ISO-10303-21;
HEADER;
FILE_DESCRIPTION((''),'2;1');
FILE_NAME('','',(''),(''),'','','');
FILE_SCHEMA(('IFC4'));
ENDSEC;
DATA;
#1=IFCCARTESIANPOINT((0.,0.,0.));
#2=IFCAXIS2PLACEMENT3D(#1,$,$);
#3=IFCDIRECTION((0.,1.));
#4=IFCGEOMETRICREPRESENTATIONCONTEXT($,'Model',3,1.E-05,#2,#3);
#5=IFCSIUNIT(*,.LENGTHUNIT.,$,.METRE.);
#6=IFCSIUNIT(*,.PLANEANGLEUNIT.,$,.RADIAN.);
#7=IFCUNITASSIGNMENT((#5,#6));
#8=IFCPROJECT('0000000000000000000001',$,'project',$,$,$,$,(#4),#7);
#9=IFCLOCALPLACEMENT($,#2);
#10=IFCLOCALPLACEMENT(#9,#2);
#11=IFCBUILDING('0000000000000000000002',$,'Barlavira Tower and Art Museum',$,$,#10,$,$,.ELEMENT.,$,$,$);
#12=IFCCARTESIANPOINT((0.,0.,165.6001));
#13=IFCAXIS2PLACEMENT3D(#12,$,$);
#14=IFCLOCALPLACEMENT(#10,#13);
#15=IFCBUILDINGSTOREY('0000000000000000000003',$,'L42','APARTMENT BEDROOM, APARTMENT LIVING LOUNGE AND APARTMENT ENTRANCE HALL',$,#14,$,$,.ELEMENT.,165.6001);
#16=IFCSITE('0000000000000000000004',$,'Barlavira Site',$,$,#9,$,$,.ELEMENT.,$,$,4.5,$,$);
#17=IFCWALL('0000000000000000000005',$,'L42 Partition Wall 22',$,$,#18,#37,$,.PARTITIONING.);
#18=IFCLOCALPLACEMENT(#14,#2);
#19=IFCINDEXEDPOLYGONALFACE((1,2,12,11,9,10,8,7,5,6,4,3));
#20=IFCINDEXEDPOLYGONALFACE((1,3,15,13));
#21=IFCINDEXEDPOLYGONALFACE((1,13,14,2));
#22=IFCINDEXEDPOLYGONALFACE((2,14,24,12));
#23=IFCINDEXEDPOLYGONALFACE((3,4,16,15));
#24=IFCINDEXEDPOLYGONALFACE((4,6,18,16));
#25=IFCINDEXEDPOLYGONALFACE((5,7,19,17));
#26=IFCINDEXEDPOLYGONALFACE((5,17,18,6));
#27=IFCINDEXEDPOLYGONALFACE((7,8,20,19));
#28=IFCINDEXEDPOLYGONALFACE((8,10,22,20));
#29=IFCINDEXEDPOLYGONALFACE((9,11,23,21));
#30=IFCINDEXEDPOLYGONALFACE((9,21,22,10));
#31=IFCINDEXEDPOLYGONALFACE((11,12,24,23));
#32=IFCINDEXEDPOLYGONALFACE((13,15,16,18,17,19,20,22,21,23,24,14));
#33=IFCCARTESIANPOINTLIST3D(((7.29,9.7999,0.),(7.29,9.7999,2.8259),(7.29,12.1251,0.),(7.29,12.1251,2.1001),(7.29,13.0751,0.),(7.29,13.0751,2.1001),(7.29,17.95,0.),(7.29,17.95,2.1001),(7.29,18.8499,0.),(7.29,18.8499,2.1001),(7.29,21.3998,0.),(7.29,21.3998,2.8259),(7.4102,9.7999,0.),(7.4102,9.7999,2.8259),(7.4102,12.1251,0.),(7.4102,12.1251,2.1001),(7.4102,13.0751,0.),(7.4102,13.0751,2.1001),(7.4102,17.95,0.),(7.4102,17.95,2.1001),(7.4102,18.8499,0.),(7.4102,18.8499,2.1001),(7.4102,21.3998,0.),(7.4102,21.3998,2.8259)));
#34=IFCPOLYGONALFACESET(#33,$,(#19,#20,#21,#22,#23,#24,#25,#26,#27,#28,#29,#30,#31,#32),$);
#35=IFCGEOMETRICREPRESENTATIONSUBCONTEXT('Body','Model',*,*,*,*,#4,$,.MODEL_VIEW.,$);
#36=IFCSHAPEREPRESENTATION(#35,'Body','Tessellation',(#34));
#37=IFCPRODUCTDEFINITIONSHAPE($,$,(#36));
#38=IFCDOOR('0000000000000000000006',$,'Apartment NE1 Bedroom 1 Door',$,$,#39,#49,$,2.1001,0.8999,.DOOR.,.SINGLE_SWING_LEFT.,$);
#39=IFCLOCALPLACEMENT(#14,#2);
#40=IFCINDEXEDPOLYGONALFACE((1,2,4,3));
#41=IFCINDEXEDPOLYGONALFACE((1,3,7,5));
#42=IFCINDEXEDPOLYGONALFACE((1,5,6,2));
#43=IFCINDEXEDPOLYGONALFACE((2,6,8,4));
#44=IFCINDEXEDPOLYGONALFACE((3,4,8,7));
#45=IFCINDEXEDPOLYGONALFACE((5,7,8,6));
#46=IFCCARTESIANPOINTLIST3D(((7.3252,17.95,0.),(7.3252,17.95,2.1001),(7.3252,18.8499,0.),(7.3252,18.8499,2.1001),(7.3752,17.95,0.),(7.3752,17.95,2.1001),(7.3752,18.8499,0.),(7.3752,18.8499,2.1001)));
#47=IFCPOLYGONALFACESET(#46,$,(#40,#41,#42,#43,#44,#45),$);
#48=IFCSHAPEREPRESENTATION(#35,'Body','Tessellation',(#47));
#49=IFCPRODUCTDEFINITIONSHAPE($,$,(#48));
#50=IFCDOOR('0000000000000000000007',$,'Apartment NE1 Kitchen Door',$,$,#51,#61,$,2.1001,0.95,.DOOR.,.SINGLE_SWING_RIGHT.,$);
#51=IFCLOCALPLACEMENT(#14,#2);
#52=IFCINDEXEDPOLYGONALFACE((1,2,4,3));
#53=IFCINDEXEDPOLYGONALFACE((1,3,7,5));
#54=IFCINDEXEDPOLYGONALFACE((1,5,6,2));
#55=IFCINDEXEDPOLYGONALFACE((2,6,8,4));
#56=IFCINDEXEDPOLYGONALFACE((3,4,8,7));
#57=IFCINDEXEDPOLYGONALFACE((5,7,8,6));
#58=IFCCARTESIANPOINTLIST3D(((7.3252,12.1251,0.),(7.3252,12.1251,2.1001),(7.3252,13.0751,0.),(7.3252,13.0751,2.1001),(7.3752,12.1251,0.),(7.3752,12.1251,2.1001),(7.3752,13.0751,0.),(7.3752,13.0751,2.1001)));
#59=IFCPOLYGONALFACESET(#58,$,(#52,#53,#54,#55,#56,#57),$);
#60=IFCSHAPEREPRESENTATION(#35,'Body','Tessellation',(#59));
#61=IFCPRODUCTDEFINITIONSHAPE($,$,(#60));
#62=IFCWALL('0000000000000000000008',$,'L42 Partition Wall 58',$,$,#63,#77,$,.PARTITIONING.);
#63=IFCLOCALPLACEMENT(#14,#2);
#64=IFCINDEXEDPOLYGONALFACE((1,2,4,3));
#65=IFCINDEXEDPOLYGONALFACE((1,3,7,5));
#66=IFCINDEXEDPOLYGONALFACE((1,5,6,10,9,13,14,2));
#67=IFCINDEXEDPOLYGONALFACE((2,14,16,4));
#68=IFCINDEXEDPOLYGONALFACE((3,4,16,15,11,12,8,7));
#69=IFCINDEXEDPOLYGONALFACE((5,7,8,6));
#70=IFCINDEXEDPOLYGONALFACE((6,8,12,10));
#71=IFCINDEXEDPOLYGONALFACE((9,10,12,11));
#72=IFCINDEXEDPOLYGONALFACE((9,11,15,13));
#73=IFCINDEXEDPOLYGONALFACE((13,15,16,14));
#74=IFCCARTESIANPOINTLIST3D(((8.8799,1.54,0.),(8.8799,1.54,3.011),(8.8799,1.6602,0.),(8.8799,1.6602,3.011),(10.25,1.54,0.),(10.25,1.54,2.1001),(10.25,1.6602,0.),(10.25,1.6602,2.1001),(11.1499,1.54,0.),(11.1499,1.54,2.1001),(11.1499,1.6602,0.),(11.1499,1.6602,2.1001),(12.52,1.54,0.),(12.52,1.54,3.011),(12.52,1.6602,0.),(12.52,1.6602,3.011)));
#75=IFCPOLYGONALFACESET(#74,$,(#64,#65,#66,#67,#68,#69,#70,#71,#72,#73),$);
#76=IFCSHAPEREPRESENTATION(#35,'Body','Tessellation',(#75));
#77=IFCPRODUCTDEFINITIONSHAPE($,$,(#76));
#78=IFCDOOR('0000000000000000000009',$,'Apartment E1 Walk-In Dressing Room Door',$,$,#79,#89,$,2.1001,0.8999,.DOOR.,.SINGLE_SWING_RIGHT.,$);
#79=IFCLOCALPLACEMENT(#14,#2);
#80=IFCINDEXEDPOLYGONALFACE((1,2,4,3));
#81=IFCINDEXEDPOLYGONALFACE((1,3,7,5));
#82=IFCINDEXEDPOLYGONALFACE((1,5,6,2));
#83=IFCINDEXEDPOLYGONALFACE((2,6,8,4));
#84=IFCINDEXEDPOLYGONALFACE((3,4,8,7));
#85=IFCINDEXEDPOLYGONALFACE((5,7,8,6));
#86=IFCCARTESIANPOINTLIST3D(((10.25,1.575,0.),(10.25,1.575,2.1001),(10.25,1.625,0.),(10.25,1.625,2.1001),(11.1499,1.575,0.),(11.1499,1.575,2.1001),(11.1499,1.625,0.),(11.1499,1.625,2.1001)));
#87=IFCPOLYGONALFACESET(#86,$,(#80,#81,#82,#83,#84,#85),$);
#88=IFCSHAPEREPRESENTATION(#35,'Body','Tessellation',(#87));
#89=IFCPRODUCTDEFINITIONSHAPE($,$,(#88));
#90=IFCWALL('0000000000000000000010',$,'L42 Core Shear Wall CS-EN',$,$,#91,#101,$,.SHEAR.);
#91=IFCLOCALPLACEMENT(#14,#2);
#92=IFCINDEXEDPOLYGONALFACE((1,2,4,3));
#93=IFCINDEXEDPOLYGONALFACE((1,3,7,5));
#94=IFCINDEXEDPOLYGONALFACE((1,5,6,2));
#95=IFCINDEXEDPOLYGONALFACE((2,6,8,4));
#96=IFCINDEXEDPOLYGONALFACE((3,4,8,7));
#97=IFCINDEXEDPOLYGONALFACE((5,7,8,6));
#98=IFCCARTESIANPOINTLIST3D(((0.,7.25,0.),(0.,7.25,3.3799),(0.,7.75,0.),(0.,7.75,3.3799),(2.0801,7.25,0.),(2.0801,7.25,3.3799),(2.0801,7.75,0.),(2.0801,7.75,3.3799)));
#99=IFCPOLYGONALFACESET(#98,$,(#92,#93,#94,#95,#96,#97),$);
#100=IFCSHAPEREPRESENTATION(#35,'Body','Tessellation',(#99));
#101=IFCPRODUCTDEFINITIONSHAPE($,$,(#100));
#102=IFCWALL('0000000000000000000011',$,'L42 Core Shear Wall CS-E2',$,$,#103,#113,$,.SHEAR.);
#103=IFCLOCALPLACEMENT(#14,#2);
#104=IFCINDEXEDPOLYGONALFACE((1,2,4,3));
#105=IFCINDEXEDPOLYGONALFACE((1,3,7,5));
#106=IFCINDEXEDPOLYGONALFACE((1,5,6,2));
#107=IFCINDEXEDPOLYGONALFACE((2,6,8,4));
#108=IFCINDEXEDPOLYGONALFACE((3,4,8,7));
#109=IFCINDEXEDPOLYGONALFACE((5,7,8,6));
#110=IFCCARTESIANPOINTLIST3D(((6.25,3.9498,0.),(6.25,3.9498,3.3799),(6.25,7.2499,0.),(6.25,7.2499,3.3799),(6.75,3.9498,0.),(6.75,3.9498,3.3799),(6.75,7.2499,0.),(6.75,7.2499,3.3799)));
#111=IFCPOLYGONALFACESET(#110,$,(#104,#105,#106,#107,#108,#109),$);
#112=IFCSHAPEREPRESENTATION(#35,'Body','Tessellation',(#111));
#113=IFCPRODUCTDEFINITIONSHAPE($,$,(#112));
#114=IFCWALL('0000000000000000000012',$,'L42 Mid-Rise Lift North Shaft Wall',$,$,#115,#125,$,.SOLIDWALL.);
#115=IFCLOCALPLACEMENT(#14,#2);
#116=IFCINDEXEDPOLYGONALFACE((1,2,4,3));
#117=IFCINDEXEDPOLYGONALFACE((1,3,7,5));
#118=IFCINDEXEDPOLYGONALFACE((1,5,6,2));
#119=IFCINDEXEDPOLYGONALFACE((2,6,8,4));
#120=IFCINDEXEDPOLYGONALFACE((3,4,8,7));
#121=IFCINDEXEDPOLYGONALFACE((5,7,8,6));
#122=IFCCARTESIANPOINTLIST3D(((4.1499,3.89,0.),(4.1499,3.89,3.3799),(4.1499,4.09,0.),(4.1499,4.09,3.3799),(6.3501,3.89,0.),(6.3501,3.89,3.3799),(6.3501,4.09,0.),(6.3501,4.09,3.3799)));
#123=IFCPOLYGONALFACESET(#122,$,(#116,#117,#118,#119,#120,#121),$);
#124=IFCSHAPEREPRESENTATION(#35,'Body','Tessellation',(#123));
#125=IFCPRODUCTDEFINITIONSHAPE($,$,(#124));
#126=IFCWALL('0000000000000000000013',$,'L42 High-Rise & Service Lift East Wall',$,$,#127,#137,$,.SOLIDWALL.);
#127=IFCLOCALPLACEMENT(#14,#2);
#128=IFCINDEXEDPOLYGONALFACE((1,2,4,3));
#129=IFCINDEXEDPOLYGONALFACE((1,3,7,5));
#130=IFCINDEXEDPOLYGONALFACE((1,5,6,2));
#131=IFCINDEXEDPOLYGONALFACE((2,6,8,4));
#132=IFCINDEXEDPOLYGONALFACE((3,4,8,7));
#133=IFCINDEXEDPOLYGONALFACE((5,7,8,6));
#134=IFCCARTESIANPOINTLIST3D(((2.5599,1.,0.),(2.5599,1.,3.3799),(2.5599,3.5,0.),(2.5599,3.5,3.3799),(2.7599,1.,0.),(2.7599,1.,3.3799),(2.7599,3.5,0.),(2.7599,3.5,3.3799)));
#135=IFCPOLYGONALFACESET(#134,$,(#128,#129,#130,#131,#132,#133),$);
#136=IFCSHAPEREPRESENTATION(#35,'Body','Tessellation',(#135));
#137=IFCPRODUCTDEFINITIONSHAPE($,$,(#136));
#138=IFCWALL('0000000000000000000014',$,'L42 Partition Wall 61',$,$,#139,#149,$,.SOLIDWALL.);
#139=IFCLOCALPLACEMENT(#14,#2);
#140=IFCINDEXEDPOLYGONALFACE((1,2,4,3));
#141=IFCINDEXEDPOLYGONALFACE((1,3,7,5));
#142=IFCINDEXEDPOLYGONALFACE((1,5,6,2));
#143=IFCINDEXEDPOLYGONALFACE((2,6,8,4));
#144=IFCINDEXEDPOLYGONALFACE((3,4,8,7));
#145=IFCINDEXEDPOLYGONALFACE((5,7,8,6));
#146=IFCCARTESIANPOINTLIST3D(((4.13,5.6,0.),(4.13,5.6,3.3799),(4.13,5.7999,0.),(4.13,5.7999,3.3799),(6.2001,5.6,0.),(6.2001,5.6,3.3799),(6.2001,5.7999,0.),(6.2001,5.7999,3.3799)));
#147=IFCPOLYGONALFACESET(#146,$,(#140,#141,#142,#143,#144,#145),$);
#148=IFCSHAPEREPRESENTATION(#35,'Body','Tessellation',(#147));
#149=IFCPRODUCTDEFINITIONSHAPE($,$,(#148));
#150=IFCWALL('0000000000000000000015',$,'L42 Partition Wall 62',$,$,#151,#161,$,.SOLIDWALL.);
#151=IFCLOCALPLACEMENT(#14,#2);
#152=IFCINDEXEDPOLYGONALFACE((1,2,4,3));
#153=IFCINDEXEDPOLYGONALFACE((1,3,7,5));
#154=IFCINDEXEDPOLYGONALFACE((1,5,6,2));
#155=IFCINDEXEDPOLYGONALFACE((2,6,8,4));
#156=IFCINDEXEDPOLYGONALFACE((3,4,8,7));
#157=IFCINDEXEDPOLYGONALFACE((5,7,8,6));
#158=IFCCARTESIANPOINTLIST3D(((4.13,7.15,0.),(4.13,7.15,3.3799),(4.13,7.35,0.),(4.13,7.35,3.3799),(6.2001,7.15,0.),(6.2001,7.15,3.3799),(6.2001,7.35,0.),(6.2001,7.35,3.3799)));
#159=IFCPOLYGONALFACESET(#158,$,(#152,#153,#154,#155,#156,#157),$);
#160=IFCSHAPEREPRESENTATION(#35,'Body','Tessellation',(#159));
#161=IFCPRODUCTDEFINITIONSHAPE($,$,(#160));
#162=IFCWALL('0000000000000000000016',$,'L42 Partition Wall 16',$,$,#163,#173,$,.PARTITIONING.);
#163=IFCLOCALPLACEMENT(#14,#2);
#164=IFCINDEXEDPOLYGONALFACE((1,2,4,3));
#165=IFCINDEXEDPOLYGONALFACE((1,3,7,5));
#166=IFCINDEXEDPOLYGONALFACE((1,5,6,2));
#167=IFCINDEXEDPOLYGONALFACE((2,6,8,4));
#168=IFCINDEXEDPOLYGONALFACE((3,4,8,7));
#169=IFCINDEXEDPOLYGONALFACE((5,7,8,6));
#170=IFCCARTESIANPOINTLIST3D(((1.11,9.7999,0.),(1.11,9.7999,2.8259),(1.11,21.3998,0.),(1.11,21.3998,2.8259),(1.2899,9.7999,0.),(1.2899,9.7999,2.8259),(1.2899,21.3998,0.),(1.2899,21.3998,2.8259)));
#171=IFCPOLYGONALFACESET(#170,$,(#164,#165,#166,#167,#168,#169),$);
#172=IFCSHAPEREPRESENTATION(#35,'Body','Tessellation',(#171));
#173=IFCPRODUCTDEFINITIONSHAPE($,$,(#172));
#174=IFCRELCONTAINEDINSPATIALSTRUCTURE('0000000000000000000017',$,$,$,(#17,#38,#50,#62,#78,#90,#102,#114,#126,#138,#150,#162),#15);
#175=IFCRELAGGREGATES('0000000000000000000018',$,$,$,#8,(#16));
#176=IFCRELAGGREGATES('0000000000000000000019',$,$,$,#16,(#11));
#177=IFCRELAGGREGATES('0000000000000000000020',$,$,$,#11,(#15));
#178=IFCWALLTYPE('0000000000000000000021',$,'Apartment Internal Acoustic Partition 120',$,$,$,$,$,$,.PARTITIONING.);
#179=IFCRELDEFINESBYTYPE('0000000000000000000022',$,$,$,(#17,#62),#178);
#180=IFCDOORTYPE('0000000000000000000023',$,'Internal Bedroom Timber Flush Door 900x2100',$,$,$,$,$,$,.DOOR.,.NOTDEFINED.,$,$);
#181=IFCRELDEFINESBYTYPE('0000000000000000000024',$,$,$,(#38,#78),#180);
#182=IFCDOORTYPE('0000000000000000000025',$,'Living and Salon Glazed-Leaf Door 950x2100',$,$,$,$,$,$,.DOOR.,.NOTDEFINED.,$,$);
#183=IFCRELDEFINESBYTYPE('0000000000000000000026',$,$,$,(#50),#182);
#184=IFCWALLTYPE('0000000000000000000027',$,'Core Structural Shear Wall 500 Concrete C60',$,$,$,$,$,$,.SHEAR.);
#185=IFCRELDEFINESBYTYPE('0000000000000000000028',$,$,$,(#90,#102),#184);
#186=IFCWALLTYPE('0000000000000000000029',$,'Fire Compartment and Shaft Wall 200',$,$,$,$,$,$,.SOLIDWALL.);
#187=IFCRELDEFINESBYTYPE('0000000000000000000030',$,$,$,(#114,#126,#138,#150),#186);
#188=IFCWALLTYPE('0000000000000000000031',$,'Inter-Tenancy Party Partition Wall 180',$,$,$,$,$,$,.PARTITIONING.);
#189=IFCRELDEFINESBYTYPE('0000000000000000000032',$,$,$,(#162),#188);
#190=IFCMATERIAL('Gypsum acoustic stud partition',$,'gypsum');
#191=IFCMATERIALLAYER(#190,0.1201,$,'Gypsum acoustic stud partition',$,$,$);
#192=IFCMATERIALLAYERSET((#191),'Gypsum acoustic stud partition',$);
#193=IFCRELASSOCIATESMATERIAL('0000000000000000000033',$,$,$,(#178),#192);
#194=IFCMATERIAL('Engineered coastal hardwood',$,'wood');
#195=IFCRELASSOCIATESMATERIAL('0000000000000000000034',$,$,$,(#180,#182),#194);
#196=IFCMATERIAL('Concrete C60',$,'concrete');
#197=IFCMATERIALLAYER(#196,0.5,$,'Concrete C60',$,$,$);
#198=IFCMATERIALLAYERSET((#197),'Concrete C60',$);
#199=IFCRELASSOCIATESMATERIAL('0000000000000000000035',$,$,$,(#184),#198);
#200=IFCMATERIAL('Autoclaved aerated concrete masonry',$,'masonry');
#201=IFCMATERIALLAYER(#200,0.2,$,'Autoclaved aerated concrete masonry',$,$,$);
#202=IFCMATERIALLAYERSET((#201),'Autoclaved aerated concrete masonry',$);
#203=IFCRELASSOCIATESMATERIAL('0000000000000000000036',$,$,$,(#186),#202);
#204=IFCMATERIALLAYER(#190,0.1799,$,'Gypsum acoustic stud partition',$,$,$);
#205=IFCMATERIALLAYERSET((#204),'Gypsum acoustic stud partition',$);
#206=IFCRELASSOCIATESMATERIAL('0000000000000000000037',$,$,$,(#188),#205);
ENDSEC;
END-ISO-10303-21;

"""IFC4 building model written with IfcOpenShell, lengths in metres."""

from ifc_helpers import new_model, si_unit, direction, frame, frame_2d, origin, place, context, subcontext, project, spatial, rectangle, extrude, material, layer, layer_set, type_object, element, fill, save


model = new_model("IFC4")

# Units and contexts
model_context = context("Model", 3, precision=1e-05, world=origin(), true_north=direction((0.0, 1.0)))
body_context = subcontext(model_context, "Body", "Model", "MODEL_VIEW")
ifc_project = project(units=[si_unit("LENGTHUNIT", "METRE"), si_unit("PLANEANGLEUNIT", "RADIAN")], contexts=[model_context])

# Site, building, storey
site_placement = place(None, origin())
site = spatial("IfcSite", under=ifc_project, at=site_placement, Name="Barlavira Site", CompositionType="ELEMENT", RefElevation=4.5)
building_placement = place(site_placement, origin())
building = spatial("IfcBuilding", under=site, at=building_placement, Name="Barlavira Tower and Art Museum", CompositionType="ELEMENT")
storey_placement = place(building_placement, frame((0.0, 0.0, 165.6001)))
storey = spatial("IfcBuildingStorey", under=building, at=storey_placement, Name="L42", Description="APARTMENT BEDROOM, APARTMENT LIVING LOUNGE AND APARTMENT ENTRANCE HALL", CompositionType="ELEMENT", Elevation=165.6001)

# Wall, openings, doors
ifc_material_1 = material(Name="Gypsum acoustic stud partition", Category="gypsum")
ifc_layer_1 = layer(ifc_material_1, 0.1201, Name="Gypsum acoustic stud partition")
ifc_layer_set_1 = layer_set([ifc_layer_1], Name="Gypsum acoustic stud partition")
wall_type_1 = type_object("IfcWallType", Name="Apartment Internal Acoustic Partition 120", PredefinedType="PARTITIONING", material=ifc_layer_set_1)
wall_1_placement = place(storey_placement, frame((7.3501, 9.8, 0.0), z_axis=(0.0, 0.0, 1.0), x_axis=(0.0, 1.0, 0.0)))
wall_1 = element("IfcWall", 1, at=wall_1_placement, inside=storey, type_object=wall_type_1, Name="L42 Partition Wall 22", PredefinedType="PARTITIONING", context=body_context, shape_type="SweptSolid", body=[
    extrude(rectangle(XDim=11.5999, YDim=0.1201, at=frame_2d((5.7998, 0.0))), origin(), (0.0, 0.0, 1.0), 2.8259),
])
opening_1_placement = place(wall_1_placement, frame((2.325, 0.0, 0.0)))
opening_1 = element("IfcOpeningElement", 2, at=opening_1_placement, cuts=wall_1, PredefinedType="OPENING", context=body_context, shape_type="SweptSolid", body=[
    extrude(rectangle(XDim=0.95, YDim=2.1001, at=frame_2d((0.4751, 1.05))), frame((0.0, 0.0701, 0.0), z_axis=(0.0, -1.0, 0.0), x_axis=(1.0, 0.0, 0.0)), (0.0, 0.0, 1.0), 0.1401),
])
opening_2_placement = place(wall_1_placement, frame((8.1499, 0.0, 0.0)))
opening_2 = element("IfcOpeningElement", 3, at=opening_2_placement, cuts=wall_1, PredefinedType="OPENING", context=body_context, shape_type="SweptSolid", body=[
    extrude(rectangle(XDim=0.8999, YDim=2.1001, at=frame_2d((0.45, 1.05))), frame((0.0, 0.0701, 0.0), z_axis=(0.0, -1.0, 0.0), x_axis=(1.0, 0.0, 0.0)), (0.0, 0.0, 1.0), 0.1401),
])
ifc_material_2 = material(Name="Engineered coastal hardwood", Category="wood")
door_type_1 = type_object("IfcDoorType", Name="Internal Bedroom Timber Flush Door 900x2100", OperationType="NOTDEFINED", PredefinedType="DOOR", material=ifc_material_2)
door_1_placement = place(opening_2_placement, origin())
door_1 = element("IfcDoor", 4, at=door_1_placement, inside=storey, type_object=door_type_1, Name="Apartment NE1 Bedroom 1 Door", OperationType="SINGLE_SWING_LEFT", OverallHeight=2.1001, OverallWidth=0.8999, PredefinedType="DOOR", context=body_context, shape_type="SweptSolid", body=[
    extrude(rectangle(XDim=0.8999, YDim=2.1001, at=frame_2d((0.45, 1.05))), frame((0.0, 0.0249, 0.0), z_axis=(0.0, -1.0, 0.0), x_axis=(1.0, 0.0, 0.0)), (0.0, 0.0, 1.0), 0.05),
])
fill(opening_2, door_1)
door_type_2 = type_object("IfcDoorType", Name="Living and Salon Glazed-Leaf Door 950x2100", OperationType="NOTDEFINED", PredefinedType="DOOR", material=ifc_material_2)
door_2_placement = place(opening_1_placement, origin())
door_2 = element("IfcDoor", 5, at=door_2_placement, inside=storey, type_object=door_type_2, Name="Apartment NE1 Kitchen Door", OperationType="SINGLE_SWING_RIGHT", OverallHeight=2.1001, OverallWidth=0.95, PredefinedType="DOOR", context=body_context, shape_type="SweptSolid", body=[
    extrude(rectangle(XDim=0.95, YDim=2.1001, at=frame_2d((0.4751, 1.05))), frame((0.0, 0.0249, 0.0), z_axis=(0.0, -1.0, 0.0), x_axis=(1.0, 0.0, 0.0)), (0.0, 0.0, 1.0), 0.05),
])
fill(opening_1, door_2)

# Wall, opening, door
wall_2_placement = place(storey_placement, frame((8.8799, 1.6001, 0.0), z_axis=(0.0, 0.0, 1.0), x_axis=(1.0, 0.0, 0.0)))
wall_2 = element("IfcWall", 6, at=wall_2_placement, inside=storey, type_object=wall_type_1, Name="L42 Partition Wall 58", PredefinedType="PARTITIONING", context=body_context, shape_type="SweptSolid", body=[
    extrude(rectangle(XDim=3.6401, YDim=0.1201, at=frame_2d((1.8201, 0.0))), origin(), (0.0, 0.0, 1.0), 3.011),
])
opening_3_placement = place(wall_2_placement, frame((1.3701, 0.0, 0.0)))
opening_3 = element("IfcOpeningElement", 7, at=opening_3_placement, cuts=wall_2, PredefinedType="OPENING", context=body_context, shape_type="SweptSolid", body=[
    extrude(rectangle(XDim=0.8999, YDim=2.1001, at=frame_2d((0.45, 1.05))), frame((0.0, 0.0701, 0.0), z_axis=(0.0, -1.0, 0.0), x_axis=(1.0, 0.0, 0.0)), (0.0, 0.0, 1.0), 0.1401),
])
door_3_placement = place(opening_3_placement, origin())
door_3 = element("IfcDoor", 8, at=door_3_placement, inside=storey, type_object=door_type_1, Name="Apartment E1 Walk-In Dressing Room Door", OperationType="SINGLE_SWING_RIGHT", OverallHeight=2.1001, OverallWidth=0.8999, PredefinedType="DOOR", context=body_context, shape_type="SweptSolid", body=[
    extrude(rectangle(XDim=0.8999, YDim=2.1001, at=frame_2d((0.45, 1.05))), frame((0.0, 0.0249, 0.0), z_axis=(0.0, -1.0, 0.0), x_axis=(1.0, 0.0, 0.0)), (0.0, 0.0, 1.0), 0.05),
])
fill(opening_3, door_3)

# Walls
ifc_material_3 = material(Name="Concrete C60", Category="concrete")
ifc_layer_2 = layer(ifc_material_3, 0.5, Name="Concrete C60")
ifc_layer_set_2 = layer_set([ifc_layer_2], Name="Concrete C60")
wall_type_2 = type_object("IfcWallType", Name="Core Structural Shear Wall 500 Concrete C60", PredefinedType="SHEAR", material=ifc_layer_set_2)
wall_3_placement = place(storey_placement, frame((0.0, 7.5, 0.0), z_axis=(0.0, 0.0, 1.0), x_axis=(1.0, 0.0, 0.0)))
element("IfcWall", 9, at=wall_3_placement, inside=storey, type_object=wall_type_2, Name="L42 Core Shear Wall CS-EN", PredefinedType="SHEAR", context=body_context, shape_type="SweptSolid", body=[
    extrude(rectangle(XDim=2.0801, YDim=0.5, at=frame_2d((1.04, 0.0))), origin(), (0.0, 0.0, 1.0), 3.3799),
])
wall_4_placement = place(storey_placement, frame((6.5, 3.95, 0.0), z_axis=(0.0, 0.0, 1.0), x_axis=(0.0, 1.0, 0.0)))
element("IfcWall", 10, at=wall_4_placement, inside=storey, type_object=wall_type_2, Name="L42 Core Shear Wall CS-E2", PredefinedType="SHEAR", context=body_context, shape_type="SweptSolid", body=[
    extrude(rectangle(XDim=3.3, YDim=0.5, at=frame_2d((1.6499, 0.0))), origin(), (0.0, 0.0, 1.0), 3.3799),
])
ifc_material_4 = material(Name="Autoclaved aerated concrete masonry", Category="masonry")
ifc_layer_3 = layer(ifc_material_4, 0.2, Name="Autoclaved aerated concrete masonry")
ifc_layer_set_3 = layer_set([ifc_layer_3], Name="Autoclaved aerated concrete masonry")
wall_type_3 = type_object("IfcWallType", Name="Fire Compartment and Shaft Wall 200", PredefinedType="SOLIDWALL", material=ifc_layer_set_3)
wall_5_placement = place(storey_placement, frame((4.1499, 3.99, 0.0), z_axis=(0.0, 0.0, 1.0), x_axis=(1.0, 0.0, 0.0)))
element("IfcWall", 11, at=wall_5_placement, inside=storey, type_object=wall_type_3, Name="L42 Mid-Rise Lift North Shaft Wall", PredefinedType="SOLIDWALL", context=body_context, shape_type="SweptSolid", body=[
    extrude(rectangle(XDim=2.2002, YDim=0.2, at=frame_2d((1.1001, 0.0))), origin(), (0.0, 0.0, 1.0), 3.3799),
])
wall_6_placement = place(storey_placement, frame((2.6599, 1.0, 0.0), z_axis=(0.0, 0.0, 1.0), x_axis=(0.0, 1.0, 0.0)))
element("IfcWall", 12, at=wall_6_placement, inside=storey, type_object=wall_type_3, Name="L42 High-Rise & Service Lift East Wall", PredefinedType="SOLIDWALL", context=body_context, shape_type="SweptSolid", body=[
    extrude(rectangle(XDim=2.5, YDim=0.2, at=frame_2d((1.25, 0.0))), origin(), (0.0, 0.0, 1.0), 3.3799),
])

# Walls
for number, where, z_axis, x_axis, name in (
    (13, (4.1299, 5.7, 0.0), (0.0, 0.0, 1.0), (1.0, 0.0, 0.0), "L42 Partition Wall 61"),
    (14, (4.1299, 7.25, 0.0), (0.0, 0.0, 1.0), (1.0, 0.0, 0.0), "L42 Partition Wall 62"),
):
    element("IfcWall", number, at=place(storey_placement, frame(where, z_axis=z_axis, x_axis=x_axis)), inside=storey, type_object=wall_type_3, Name=name, PredefinedType="SOLIDWALL", context=body_context, shape_type="SweptSolid", body=[
        extrude(rectangle(XDim=2.0701, YDim=0.2, at=frame_2d((1.0352, 0.0))), origin(), (0.0, 0.0, 1.0), 3.3799),
    ])
ifc_layer_4 = layer(ifc_material_1, 0.1799, Name="Gypsum acoustic stud partition")
ifc_layer_set_4 = layer_set([ifc_layer_4], Name="Gypsum acoustic stud partition")
wall_type_4 = type_object("IfcWallType", Name="Inter-Tenancy Party Partition Wall 180", PredefinedType="PARTITIONING", material=ifc_layer_set_4)
wall_7_placement = place(storey_placement, frame((1.2, 9.8, 0.0), z_axis=(0.0, 0.0, 1.0), x_axis=(0.0, 1.0, 0.0)))
element("IfcWall", 15, at=wall_7_placement, inside=storey, type_object=wall_type_4, Name="L42 Partition Wall 16", PredefinedType="PARTITIONING", context=body_context, shape_type="SweptSolid", body=[
    extrude(rectangle(XDim=11.5999, YDim=0.1799, at=frame_2d((5.7998, 0.0))), origin(), (0.0, 0.0, 1.0), 2.8259),
])

save(model, "model.ifc")
